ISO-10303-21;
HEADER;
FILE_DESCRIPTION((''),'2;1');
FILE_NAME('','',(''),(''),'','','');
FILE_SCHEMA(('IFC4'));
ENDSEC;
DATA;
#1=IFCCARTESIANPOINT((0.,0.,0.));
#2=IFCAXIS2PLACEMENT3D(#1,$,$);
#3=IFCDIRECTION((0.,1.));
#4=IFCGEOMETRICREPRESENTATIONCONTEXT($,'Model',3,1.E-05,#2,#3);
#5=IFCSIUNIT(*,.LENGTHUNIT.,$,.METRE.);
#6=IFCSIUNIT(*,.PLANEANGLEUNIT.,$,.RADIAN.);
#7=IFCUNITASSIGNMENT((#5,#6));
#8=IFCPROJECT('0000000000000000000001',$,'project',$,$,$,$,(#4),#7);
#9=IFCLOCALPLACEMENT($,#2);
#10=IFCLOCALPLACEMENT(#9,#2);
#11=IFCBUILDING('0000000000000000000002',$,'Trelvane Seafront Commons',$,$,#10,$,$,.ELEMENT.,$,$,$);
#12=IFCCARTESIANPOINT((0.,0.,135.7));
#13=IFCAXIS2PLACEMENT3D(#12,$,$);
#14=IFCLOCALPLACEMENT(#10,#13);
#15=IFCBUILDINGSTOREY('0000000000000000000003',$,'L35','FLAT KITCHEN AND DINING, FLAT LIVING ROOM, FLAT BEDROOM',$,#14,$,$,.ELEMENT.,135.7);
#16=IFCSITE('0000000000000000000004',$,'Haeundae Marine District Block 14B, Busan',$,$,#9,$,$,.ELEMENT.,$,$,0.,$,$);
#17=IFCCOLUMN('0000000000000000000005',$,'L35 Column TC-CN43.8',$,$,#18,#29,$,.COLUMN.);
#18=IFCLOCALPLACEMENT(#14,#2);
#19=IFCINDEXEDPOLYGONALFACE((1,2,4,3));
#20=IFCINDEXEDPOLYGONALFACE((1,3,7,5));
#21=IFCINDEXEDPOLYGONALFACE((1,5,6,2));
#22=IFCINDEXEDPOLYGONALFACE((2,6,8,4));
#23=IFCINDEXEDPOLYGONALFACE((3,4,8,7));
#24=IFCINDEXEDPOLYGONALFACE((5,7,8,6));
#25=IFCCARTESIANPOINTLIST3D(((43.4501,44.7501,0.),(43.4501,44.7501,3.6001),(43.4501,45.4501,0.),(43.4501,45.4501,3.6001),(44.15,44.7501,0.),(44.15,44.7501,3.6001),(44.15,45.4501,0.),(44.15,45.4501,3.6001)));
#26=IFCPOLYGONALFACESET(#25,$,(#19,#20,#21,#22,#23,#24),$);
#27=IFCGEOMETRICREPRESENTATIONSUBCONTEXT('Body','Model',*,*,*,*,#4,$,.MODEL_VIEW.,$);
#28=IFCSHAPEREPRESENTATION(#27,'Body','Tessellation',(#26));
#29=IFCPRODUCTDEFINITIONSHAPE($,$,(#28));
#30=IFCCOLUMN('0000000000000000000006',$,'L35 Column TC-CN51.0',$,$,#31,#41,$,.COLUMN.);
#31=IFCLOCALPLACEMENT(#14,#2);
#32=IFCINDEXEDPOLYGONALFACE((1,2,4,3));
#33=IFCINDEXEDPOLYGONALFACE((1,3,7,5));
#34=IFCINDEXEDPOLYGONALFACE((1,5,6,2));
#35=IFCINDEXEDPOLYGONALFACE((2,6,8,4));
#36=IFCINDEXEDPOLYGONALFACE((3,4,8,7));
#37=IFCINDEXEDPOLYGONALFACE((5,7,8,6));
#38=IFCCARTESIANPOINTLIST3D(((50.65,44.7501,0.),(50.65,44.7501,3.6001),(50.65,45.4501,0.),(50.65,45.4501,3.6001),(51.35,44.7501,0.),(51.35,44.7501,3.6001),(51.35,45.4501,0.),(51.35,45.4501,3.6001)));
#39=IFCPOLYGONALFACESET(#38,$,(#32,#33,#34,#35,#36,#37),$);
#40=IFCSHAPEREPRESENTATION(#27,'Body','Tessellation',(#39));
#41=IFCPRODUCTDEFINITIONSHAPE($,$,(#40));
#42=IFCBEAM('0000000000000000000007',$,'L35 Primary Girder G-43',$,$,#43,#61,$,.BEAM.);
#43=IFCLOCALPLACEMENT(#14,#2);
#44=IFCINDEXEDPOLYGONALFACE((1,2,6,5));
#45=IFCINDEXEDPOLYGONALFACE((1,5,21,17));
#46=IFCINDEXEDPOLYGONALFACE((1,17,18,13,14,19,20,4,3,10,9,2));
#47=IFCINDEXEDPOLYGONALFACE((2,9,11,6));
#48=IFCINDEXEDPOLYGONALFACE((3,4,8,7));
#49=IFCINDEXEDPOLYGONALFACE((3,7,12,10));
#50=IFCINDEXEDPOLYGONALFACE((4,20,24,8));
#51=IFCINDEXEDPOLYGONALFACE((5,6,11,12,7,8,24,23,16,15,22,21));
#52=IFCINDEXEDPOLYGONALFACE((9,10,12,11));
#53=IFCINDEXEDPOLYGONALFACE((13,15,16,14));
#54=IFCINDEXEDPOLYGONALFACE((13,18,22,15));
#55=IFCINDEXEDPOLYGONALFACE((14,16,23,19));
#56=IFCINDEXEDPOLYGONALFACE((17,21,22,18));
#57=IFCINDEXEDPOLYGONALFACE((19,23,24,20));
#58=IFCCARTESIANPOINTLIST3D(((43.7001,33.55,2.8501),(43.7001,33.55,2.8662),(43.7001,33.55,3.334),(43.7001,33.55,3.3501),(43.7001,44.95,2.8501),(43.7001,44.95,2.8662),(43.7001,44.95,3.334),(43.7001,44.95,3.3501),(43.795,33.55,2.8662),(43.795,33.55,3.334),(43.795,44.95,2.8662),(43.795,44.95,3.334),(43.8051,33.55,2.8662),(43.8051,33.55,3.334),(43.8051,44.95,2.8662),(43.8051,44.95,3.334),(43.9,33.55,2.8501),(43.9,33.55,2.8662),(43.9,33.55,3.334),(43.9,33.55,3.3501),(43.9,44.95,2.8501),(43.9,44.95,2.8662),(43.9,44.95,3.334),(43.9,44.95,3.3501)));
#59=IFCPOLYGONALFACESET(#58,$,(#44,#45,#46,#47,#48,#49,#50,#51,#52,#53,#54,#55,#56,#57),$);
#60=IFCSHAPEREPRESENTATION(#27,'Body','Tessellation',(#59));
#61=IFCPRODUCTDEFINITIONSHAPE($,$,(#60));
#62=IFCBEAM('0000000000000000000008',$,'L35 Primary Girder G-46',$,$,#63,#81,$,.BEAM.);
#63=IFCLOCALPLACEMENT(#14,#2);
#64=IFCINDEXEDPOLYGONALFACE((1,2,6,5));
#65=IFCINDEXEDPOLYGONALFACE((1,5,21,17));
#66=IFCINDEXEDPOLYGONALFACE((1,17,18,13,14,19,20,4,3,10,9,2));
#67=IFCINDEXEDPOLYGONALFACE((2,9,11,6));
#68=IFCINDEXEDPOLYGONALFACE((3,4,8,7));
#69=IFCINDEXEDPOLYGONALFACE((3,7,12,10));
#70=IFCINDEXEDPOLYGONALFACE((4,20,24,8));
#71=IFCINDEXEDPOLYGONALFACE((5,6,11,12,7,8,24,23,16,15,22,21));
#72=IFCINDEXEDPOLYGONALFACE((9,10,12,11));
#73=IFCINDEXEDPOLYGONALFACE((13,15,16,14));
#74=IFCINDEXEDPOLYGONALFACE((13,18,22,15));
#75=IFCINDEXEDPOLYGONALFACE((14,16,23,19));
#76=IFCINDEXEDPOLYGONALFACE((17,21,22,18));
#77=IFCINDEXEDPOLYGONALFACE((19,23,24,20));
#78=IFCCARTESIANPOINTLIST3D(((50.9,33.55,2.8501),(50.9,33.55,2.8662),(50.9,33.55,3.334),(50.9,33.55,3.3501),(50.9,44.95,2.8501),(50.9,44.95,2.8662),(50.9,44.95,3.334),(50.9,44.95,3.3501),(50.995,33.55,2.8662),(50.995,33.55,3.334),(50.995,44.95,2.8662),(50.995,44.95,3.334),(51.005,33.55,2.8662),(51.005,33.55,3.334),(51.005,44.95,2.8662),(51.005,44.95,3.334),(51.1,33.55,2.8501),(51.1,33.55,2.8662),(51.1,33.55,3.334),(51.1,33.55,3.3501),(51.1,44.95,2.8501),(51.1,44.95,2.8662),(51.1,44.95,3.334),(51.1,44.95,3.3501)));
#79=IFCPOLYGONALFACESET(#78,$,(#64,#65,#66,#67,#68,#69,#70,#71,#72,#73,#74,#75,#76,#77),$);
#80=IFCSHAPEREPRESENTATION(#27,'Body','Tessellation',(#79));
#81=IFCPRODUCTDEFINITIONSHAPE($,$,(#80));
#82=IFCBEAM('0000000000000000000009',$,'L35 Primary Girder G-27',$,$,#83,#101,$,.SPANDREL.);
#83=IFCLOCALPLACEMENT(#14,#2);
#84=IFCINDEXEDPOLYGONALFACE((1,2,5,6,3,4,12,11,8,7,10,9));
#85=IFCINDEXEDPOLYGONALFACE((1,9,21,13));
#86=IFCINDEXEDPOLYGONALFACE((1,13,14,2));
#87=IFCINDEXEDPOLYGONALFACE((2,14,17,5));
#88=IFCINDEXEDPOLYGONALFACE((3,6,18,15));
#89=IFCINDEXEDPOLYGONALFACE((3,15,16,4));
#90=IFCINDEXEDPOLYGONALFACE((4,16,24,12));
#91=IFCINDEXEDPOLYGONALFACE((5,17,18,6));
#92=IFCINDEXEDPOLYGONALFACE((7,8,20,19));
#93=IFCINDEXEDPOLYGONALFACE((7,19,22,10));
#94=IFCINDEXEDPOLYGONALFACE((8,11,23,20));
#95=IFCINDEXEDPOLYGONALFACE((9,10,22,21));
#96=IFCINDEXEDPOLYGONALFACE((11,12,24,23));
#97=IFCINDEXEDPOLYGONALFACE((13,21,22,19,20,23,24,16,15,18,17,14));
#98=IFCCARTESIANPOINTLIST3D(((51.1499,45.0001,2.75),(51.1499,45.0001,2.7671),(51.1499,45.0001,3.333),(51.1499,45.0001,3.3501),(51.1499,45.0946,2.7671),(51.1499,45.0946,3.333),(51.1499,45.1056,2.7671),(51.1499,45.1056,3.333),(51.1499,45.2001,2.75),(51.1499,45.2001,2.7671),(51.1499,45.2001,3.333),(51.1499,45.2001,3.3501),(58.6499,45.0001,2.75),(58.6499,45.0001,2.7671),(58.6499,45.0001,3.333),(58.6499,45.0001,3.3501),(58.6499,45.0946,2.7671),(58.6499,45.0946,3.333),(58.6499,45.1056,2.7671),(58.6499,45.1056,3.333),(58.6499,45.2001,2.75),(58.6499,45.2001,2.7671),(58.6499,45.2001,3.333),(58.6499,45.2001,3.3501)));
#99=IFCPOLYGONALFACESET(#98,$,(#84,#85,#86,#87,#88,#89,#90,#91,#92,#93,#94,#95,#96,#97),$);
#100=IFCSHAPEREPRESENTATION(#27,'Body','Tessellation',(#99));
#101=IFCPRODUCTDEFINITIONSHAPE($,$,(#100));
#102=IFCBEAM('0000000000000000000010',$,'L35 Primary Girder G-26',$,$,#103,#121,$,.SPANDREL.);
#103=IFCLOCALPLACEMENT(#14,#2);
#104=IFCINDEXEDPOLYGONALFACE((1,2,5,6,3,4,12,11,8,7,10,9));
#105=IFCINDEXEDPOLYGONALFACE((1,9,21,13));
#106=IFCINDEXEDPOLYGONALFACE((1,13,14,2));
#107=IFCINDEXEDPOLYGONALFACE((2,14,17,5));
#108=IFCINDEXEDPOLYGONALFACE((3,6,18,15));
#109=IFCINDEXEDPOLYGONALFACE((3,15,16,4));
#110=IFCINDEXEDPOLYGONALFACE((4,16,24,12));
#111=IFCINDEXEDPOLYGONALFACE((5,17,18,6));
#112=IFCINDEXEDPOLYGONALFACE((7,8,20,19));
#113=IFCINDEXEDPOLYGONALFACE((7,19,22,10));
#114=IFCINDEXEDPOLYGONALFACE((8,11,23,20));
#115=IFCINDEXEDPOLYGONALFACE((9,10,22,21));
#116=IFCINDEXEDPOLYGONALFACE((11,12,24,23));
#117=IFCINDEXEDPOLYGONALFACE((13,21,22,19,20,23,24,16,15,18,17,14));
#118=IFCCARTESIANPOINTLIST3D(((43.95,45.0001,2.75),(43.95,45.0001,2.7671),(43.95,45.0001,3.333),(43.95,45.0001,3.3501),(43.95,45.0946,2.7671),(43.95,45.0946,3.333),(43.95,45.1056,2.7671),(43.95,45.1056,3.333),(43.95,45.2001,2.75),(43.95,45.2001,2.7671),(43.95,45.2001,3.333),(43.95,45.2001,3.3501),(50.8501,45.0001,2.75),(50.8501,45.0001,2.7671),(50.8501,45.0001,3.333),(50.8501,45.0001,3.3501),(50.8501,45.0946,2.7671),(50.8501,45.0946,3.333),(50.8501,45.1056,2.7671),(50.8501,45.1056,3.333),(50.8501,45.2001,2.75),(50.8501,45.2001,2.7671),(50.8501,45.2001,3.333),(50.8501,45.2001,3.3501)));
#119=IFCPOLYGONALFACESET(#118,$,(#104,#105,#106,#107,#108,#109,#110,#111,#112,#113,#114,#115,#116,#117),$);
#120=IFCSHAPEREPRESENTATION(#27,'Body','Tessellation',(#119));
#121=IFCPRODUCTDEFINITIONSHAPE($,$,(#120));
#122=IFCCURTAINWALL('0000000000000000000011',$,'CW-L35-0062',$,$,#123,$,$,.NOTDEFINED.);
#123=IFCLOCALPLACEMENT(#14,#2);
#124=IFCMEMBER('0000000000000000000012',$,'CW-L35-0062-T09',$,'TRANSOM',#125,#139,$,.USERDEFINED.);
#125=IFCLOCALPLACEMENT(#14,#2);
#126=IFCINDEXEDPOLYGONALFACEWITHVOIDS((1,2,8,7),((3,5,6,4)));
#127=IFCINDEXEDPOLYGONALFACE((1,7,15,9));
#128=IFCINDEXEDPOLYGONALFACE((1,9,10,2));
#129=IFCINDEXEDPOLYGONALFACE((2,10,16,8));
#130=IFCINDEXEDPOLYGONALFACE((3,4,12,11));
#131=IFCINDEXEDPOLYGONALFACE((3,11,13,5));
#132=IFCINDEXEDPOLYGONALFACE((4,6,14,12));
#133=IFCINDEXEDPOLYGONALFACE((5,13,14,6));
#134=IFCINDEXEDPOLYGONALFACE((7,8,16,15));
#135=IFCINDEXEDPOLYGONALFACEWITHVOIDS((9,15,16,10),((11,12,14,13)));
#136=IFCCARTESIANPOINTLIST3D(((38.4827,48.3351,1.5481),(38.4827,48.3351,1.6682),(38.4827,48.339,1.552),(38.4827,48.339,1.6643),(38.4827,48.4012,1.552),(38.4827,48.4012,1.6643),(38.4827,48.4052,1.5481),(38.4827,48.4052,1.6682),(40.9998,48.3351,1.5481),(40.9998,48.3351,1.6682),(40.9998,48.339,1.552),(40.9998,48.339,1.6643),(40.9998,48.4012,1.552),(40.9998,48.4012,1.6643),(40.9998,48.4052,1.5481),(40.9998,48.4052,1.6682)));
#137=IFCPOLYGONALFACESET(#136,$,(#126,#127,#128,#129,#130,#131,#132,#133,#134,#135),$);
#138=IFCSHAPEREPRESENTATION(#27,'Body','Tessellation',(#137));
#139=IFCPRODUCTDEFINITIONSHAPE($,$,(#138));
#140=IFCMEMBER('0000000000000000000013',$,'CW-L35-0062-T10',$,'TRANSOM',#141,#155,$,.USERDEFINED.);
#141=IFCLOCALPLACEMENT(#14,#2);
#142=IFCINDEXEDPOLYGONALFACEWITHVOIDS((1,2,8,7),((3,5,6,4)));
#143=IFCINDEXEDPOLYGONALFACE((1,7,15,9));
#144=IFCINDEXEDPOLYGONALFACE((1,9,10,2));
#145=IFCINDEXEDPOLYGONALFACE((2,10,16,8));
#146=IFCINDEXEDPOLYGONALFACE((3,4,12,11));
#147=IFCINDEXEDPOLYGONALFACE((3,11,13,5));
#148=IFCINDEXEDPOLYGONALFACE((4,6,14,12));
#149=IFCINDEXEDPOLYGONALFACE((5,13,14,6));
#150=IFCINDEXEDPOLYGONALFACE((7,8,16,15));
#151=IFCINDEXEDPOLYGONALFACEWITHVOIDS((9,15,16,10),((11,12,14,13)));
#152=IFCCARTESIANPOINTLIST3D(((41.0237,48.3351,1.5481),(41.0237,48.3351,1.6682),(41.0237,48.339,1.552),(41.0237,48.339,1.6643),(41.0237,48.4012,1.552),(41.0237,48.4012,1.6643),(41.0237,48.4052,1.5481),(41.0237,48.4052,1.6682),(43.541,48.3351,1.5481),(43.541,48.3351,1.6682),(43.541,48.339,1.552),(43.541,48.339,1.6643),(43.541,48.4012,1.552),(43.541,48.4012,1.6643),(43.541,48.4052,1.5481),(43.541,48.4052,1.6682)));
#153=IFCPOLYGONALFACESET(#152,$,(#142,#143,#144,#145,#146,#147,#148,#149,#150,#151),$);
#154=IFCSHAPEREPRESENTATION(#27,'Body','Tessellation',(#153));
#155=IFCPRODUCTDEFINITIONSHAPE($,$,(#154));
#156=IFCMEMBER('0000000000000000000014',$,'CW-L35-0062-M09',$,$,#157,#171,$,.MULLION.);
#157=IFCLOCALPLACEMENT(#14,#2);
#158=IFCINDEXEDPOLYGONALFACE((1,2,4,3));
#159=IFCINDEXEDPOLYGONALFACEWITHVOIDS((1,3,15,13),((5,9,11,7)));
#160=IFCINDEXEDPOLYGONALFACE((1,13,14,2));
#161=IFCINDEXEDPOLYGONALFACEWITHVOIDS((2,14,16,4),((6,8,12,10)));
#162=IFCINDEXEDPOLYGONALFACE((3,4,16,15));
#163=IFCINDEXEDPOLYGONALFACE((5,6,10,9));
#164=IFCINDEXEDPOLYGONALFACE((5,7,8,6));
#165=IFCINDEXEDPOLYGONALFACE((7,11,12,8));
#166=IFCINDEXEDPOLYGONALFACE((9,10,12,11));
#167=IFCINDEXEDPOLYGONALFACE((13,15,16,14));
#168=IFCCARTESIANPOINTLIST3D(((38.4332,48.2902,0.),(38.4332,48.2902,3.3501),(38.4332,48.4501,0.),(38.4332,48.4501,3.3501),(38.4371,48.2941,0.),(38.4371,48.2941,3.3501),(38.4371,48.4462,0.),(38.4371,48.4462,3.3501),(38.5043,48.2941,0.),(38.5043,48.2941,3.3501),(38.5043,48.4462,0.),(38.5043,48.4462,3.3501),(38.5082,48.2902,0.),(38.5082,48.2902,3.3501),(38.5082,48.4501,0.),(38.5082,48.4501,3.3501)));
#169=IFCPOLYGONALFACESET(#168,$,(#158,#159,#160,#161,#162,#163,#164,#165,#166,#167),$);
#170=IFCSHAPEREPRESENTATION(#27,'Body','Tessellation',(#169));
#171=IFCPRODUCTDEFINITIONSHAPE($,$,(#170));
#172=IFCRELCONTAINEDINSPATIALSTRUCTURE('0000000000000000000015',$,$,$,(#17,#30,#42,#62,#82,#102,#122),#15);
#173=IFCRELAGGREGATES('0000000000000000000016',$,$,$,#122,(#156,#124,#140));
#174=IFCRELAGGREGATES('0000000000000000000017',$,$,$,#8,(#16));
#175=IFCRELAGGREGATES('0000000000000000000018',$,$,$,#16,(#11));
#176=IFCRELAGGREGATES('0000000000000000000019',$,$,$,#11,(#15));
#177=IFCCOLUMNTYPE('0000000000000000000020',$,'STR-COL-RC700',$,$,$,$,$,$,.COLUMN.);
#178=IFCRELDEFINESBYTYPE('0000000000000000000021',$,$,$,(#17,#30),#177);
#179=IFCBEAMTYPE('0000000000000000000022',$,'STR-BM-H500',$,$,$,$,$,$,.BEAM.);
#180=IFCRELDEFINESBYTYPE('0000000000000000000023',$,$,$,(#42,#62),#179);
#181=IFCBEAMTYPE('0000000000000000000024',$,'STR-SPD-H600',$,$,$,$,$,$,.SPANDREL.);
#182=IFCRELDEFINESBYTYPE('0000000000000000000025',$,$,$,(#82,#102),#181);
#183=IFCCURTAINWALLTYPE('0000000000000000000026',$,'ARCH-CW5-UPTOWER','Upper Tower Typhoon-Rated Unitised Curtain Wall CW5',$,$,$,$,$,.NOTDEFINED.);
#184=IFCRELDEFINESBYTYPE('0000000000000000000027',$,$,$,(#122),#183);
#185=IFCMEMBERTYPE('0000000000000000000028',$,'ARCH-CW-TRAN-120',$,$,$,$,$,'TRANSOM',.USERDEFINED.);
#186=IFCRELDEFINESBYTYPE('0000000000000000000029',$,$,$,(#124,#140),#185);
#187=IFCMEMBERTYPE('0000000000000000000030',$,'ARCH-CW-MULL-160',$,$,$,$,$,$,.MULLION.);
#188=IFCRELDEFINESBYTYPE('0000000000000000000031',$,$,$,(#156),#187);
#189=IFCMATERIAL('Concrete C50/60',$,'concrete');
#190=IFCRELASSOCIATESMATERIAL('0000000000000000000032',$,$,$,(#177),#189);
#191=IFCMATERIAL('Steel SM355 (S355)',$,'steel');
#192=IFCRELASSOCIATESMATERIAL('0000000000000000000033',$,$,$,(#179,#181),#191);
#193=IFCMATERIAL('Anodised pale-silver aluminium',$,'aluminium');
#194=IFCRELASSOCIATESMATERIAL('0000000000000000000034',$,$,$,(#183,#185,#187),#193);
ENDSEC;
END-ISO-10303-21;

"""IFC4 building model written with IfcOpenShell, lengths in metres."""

from ifc_helpers import new_model, si_unit, direction, frame, origin, origin_2d, place, context, subcontext, project, spatial, rectangle, hollow_rectangle, i_section, extrude, source, transform, mapped, material, material_profile, profile_set, type_object, element, aggregate, save


model = new_model("IFC4")

# Units and contexts
model_context = context("Model", 3, precision=1e-05, world=origin(), true_north=direction((0.0, 1.0)))
body_context = subcontext(model_context, "Body", "Model", "MODEL_VIEW")
ifc_project = project(units=[si_unit("LENGTHUNIT", "METRE"), si_unit("PLANEANGLEUNIT", "RADIAN")], contexts=[model_context])

# Site, building, storey
site_placement = place(None, origin())
site = spatial("IfcSite", under=ifc_project, at=site_placement, Name="Haeundae Marine District Block 14B, Busan", CompositionType="ELEMENT", RefElevation=0.0)
building_placement = place(site_placement, origin())
building = spatial("IfcBuilding", under=site, at=building_placement, Name="Trelvane Seafront Commons", CompositionType="ELEMENT")
storey_placement = place(building_placement, frame((0.0, 0.0, 135.7)))
storey = spatial("IfcBuildingStorey", under=building, at=storey_placement, Name="L35", Description="FLAT KITCHEN AND DINING, FLAT LIVING ROOM, FLAT BEDROOM", CompositionType="ELEMENT", Elevation=135.7)

# Columns
ifc_material_1 = material(Name="Concrete C50/60", Category="concrete")
ifc_material_profile_1 = material_profile(ifc_material_1, rectangle(XDim=0.7, YDim=0.7, at=origin_2d()), Name="RC-700x700")
ifc_profile_set_1 = profile_set([ifc_material_profile_1], Name="Concrete C50/60")
column_type = type_object("IfcColumnType", Name="STR-COL-RC700", PredefinedType="COLUMN", material=ifc_profile_set_1)
shared_shape_1 = source(origin(), body_context, "Body", "SweptSolid", [
    extrude(rectangle(XDim=0.7, YDim=0.7, at=origin_2d()), origin(), (0.0, 0.0, 1.0), 3.6001),
])
for number, where, z_axis, x_axis, name in (
    (1, (43.8, 45.1001, 0.0), (0.0, 0.0, 1.0), (1.0, 0.0, 0.0), "L35 Column TC-CN43.8"),
    (2, (51.0, 45.1001, 0.0), (0.0, 0.0, 1.0), (1.0, 0.0, 0.0), "L35 Column TC-CN51.0"),
):
    element("IfcColumn", number, at=place(storey_placement, frame(where, z_axis=z_axis, x_axis=x_axis)), inside=storey, type_object=column_type, Name=name, PredefinedType="COLUMN", context=body_context, shape_type="MappedRepresentation", body=[
        mapped(shared_shape_1, transform((0.0, 0.0, 0.0), x_axis=(1.0, 0.0, 0.0), y_axis=(0.0, 1.0, 0.0), z_axis=(0.0, 0.0, 1.0), scale=1.0)),
    ])

# Beams
ifc_material_2 = material(Name="Steel SM355 (S355)", Category="steel")
ifc_material_profile_2 = material_profile(ifc_material_2, i_section(OverallWidth=0.2, OverallDepth=0.5, WebThickness=0.01, FlangeThickness=0.0161, at=origin_2d()), Name="H-500x200x10x16")
ifc_profile_set_2 = profile_set([ifc_material_profile_2], Name="Steel SM355 (S355)")
beam_type_1 = type_object("IfcBeamType", Name="STR-BM-H500", PredefinedType="BEAM", material=ifc_profile_set_2)
shared_shape_2 = source(origin(), body_context, "Body", "SweptSolid", [
    extrude(i_section(OverallWidth=0.2, OverallDepth=0.5, WebThickness=0.01, FlangeThickness=0.0161, at=origin_2d()), origin(), (0.0, 0.0, 1.0), 11.3999),
])
for number, where, z_axis, x_axis, name in (
    (3, (43.8, 33.55, 3.1001), (0.0, 1.0, 0.0), (-1.0, 0.0, 0.0), "L35 Primary Girder G-43"),
    (4, (51.0, 33.55, 3.1001), (0.0, 1.0, 0.0), (-1.0, 0.0, 0.0), "L35 Primary Girder G-46"),
):
    element("IfcBeam", number, at=place(storey_placement, frame(where, z_axis=z_axis, x_axis=x_axis)), inside=storey, type_object=beam_type_1, Name=name, PredefinedType="BEAM", context=body_context, shape_type="MappedRepresentation", body=[
        mapped(shared_shape_2, transform((0.0, 0.0, 0.0), x_axis=(1.0, 0.0, 0.0), y_axis=(0.0, 1.0, 0.0), z_axis=(0.0, 0.0, 1.0), scale=1.0)),
    ])
ifc_material_profile_3 = material_profile(ifc_material_2, i_section(OverallWidth=0.2, OverallDepth=0.6001, WebThickness=0.011, FlangeThickness=0.0171, at=origin_2d()), Name="H-600x200x11x17")
ifc_profile_set_3 = profile_set([ifc_material_profile_3], Name="Steel SM355 (S355)")
beam_type_2 = type_object("IfcBeamType", Name="STR-SPD-H600", PredefinedType="SPANDREL", material=ifc_profile_set_3)
shared_shape_3 = source(origin(), body_context, "Body", "SweptSolid", [
    extrude(i_section(OverallWidth=0.2, OverallDepth=0.6001, WebThickness=0.011, FlangeThickness=0.0171, at=origin_2d()), origin(), (0.0, 0.0, 1.0), 7.5),
])
beam_1_placement = place(storey_placement, frame((51.1499, 45.1001, 3.05), z_axis=(1.0, 0.0, 0.0), x_axis=(0.0, 1.0, 0.0)))
element("IfcBeam", 5, at=beam_1_placement, inside=storey, type_object=beam_type_2, Name="L35 Primary Girder G-27", PredefinedType="SPANDREL", context=body_context, shape_type="MappedRepresentation", body=[
    mapped(shared_shape_3, transform((0.0, 0.0, 0.0), x_axis=(1.0, 0.0, 0.0), y_axis=(0.0, 1.0, 0.0), z_axis=(0.0, 0.0, 1.0), scale=1.0)),
])
shared_shape_4 = source(origin(), body_context, "Body", "SweptSolid", [
    extrude(i_section(OverallWidth=0.2, OverallDepth=0.6001, WebThickness=0.011, FlangeThickness=0.0171, at=origin_2d()), origin(), (0.0, 0.0, 1.0), 6.9001),
])
beam_2_placement = place(storey_placement, frame((43.95, 45.1001, 3.05), z_axis=(1.0, 0.0, 0.0), x_axis=(0.0, 1.0, 0.0)))
element("IfcBeam", 6, at=beam_2_placement, inside=storey, type_object=beam_type_2, Name="L35 Primary Girder G-26", PredefinedType="SPANDREL", context=body_context, shape_type="MappedRepresentation", body=[
    mapped(shared_shape_4, transform((0.0, 0.0, 0.0), x_axis=(1.0, 0.0, 0.0), y_axis=(0.0, 1.0, 0.0), z_axis=(0.0, 0.0, 1.0), scale=1.0)),
])

# Curtain wall, members
ifc_material_3 = material(Name="Anodised pale-silver aluminium", Category="aluminium")
curtain_wall_type = type_object("IfcCurtainWallType", Name="ARCH-CW5-UPTOWER", Description="Upper Tower Typhoon-Rated Unitised Curtain Wall CW5", PredefinedType="NOTDEFINED", material=ifc_material_3)
curtain_wall_placement = place(storey_placement, origin())
curtain_wall = element("IfcCurtainWall", 7, at=curtain_wall_placement, inside=storey, type_object=curtain_wall_type, Name="CW-L35-0062", PredefinedType="NOTDEFINED")
ifc_material_profile_4 = material_profile(ifc_material_3, hollow_rectangle(XDim=0.0701, YDim=0.1201, WallThickness=0.0039, at=origin_2d()), Name="TRAN-70x120x4")
ifc_profile_set_4 = profile_set([ifc_material_profile_4], Name="Anodised pale-silver aluminium")
member_type_1 = type_object("IfcMemberType", Name="ARCH-CW-TRAN-120", ElementType="TRANSOM", PredefinedType="USERDEFINED", material=ifc_profile_set_4)
shared_shape_5 = source(origin(), body_context, "Body", "SweptSolid", [
    extrude(hollow_rectangle(XDim=0.0701, YDim=0.1201, WallThickness=0.0039, at=origin_2d()), origin(), (0.0, 0.0, 1.0), 2.5171),
])
member_1_placement = place(storey_placement, frame((38.4827, 48.3701, 1.6082), z_axis=(1.0, 0.0, 0.0), x_axis=(0.0, 1.0, 0.0)))
member_1 = element("IfcMember", 8, at=member_1_placement, type_object=member_type_1, Name="CW-L35-0062-T09", ObjectType="TRANSOM", PredefinedType="USERDEFINED", context=body_context, shape_type="MappedRepresentation", body=[
    mapped(shared_shape_5, transform((0.0, 0.0, 0.0), x_axis=(1.0, 0.0, 0.0), y_axis=(0.0, 1.0, 0.0), z_axis=(0.0, 0.0, 1.0), scale=1.0)),
])
shared_shape_6 = source(origin(), body_context, "Body", "SweptSolid", [
    extrude(hollow_rectangle(XDim=0.0701, YDim=0.1201, WallThickness=0.0039, at=origin_2d()), origin(), (0.0, 0.0, 1.0), 2.5173),
])
member_2_placement = place(storey_placement, frame((41.0237, 48.3701, 1.6082), z_axis=(1.0, 0.0, 0.0), x_axis=(0.0, 1.0, 0.0)))
member_2 = element("IfcMember", 9, at=member_2_placement, type_object=member_type_1, Name="CW-L35-0062-T10", ObjectType="TRANSOM", PredefinedType="USERDEFINED", context=body_context, shape_type="MappedRepresentation", body=[
    mapped(shared_shape_6, transform((0.0, 0.0, 0.0), x_axis=(1.0, 0.0, 0.0), y_axis=(0.0, 1.0, 0.0), z_axis=(0.0, 0.0, 1.0), scale=1.0)),
])
ifc_material_profile_5 = material_profile(ifc_material_3, hollow_rectangle(XDim=0.075, YDim=0.1599, WallThickness=0.0039, at=origin_2d()), Name="MULL-75x160x4")
ifc_profile_set_5 = profile_set([ifc_material_profile_5], Name="Anodised pale-silver aluminium")
member_type_2 = type_object("IfcMemberType", Name="ARCH-CW-MULL-160", PredefinedType="MULLION", material=ifc_profile_set_5)
shared_shape_7 = source(origin(), body_context, "Body", "SweptSolid", [
    extrude(hollow_rectangle(XDim=0.075, YDim=0.1599, WallThickness=0.0039, at=origin_2d()), origin(), (0.0, 0.0, 1.0), 3.3501),
])
member_3_placement = place(storey_placement, frame((38.4707, 48.3701, 0.0), z_axis=(0.0, 0.0, 1.0), x_axis=(1.0, 0.0, 0.0)))
member_3 = element("IfcMember", 10, at=member_3_placement, type_object=member_type_2, Name="CW-L35-0062-M09", PredefinedType="MULLION", context=body_context, shape_type="MappedRepresentation", body=[
    mapped(shared_shape_7, transform((0.0, 0.0, 0.0), x_axis=(1.0, 0.0, 0.0), y_axis=(0.0, 1.0, 0.0), z_axis=(0.0, 0.0, 1.0), scale=1.0)),
])
aggregate(curtain_wall, [member_3, member_1, member_2])

save(model, "model.ifc")
